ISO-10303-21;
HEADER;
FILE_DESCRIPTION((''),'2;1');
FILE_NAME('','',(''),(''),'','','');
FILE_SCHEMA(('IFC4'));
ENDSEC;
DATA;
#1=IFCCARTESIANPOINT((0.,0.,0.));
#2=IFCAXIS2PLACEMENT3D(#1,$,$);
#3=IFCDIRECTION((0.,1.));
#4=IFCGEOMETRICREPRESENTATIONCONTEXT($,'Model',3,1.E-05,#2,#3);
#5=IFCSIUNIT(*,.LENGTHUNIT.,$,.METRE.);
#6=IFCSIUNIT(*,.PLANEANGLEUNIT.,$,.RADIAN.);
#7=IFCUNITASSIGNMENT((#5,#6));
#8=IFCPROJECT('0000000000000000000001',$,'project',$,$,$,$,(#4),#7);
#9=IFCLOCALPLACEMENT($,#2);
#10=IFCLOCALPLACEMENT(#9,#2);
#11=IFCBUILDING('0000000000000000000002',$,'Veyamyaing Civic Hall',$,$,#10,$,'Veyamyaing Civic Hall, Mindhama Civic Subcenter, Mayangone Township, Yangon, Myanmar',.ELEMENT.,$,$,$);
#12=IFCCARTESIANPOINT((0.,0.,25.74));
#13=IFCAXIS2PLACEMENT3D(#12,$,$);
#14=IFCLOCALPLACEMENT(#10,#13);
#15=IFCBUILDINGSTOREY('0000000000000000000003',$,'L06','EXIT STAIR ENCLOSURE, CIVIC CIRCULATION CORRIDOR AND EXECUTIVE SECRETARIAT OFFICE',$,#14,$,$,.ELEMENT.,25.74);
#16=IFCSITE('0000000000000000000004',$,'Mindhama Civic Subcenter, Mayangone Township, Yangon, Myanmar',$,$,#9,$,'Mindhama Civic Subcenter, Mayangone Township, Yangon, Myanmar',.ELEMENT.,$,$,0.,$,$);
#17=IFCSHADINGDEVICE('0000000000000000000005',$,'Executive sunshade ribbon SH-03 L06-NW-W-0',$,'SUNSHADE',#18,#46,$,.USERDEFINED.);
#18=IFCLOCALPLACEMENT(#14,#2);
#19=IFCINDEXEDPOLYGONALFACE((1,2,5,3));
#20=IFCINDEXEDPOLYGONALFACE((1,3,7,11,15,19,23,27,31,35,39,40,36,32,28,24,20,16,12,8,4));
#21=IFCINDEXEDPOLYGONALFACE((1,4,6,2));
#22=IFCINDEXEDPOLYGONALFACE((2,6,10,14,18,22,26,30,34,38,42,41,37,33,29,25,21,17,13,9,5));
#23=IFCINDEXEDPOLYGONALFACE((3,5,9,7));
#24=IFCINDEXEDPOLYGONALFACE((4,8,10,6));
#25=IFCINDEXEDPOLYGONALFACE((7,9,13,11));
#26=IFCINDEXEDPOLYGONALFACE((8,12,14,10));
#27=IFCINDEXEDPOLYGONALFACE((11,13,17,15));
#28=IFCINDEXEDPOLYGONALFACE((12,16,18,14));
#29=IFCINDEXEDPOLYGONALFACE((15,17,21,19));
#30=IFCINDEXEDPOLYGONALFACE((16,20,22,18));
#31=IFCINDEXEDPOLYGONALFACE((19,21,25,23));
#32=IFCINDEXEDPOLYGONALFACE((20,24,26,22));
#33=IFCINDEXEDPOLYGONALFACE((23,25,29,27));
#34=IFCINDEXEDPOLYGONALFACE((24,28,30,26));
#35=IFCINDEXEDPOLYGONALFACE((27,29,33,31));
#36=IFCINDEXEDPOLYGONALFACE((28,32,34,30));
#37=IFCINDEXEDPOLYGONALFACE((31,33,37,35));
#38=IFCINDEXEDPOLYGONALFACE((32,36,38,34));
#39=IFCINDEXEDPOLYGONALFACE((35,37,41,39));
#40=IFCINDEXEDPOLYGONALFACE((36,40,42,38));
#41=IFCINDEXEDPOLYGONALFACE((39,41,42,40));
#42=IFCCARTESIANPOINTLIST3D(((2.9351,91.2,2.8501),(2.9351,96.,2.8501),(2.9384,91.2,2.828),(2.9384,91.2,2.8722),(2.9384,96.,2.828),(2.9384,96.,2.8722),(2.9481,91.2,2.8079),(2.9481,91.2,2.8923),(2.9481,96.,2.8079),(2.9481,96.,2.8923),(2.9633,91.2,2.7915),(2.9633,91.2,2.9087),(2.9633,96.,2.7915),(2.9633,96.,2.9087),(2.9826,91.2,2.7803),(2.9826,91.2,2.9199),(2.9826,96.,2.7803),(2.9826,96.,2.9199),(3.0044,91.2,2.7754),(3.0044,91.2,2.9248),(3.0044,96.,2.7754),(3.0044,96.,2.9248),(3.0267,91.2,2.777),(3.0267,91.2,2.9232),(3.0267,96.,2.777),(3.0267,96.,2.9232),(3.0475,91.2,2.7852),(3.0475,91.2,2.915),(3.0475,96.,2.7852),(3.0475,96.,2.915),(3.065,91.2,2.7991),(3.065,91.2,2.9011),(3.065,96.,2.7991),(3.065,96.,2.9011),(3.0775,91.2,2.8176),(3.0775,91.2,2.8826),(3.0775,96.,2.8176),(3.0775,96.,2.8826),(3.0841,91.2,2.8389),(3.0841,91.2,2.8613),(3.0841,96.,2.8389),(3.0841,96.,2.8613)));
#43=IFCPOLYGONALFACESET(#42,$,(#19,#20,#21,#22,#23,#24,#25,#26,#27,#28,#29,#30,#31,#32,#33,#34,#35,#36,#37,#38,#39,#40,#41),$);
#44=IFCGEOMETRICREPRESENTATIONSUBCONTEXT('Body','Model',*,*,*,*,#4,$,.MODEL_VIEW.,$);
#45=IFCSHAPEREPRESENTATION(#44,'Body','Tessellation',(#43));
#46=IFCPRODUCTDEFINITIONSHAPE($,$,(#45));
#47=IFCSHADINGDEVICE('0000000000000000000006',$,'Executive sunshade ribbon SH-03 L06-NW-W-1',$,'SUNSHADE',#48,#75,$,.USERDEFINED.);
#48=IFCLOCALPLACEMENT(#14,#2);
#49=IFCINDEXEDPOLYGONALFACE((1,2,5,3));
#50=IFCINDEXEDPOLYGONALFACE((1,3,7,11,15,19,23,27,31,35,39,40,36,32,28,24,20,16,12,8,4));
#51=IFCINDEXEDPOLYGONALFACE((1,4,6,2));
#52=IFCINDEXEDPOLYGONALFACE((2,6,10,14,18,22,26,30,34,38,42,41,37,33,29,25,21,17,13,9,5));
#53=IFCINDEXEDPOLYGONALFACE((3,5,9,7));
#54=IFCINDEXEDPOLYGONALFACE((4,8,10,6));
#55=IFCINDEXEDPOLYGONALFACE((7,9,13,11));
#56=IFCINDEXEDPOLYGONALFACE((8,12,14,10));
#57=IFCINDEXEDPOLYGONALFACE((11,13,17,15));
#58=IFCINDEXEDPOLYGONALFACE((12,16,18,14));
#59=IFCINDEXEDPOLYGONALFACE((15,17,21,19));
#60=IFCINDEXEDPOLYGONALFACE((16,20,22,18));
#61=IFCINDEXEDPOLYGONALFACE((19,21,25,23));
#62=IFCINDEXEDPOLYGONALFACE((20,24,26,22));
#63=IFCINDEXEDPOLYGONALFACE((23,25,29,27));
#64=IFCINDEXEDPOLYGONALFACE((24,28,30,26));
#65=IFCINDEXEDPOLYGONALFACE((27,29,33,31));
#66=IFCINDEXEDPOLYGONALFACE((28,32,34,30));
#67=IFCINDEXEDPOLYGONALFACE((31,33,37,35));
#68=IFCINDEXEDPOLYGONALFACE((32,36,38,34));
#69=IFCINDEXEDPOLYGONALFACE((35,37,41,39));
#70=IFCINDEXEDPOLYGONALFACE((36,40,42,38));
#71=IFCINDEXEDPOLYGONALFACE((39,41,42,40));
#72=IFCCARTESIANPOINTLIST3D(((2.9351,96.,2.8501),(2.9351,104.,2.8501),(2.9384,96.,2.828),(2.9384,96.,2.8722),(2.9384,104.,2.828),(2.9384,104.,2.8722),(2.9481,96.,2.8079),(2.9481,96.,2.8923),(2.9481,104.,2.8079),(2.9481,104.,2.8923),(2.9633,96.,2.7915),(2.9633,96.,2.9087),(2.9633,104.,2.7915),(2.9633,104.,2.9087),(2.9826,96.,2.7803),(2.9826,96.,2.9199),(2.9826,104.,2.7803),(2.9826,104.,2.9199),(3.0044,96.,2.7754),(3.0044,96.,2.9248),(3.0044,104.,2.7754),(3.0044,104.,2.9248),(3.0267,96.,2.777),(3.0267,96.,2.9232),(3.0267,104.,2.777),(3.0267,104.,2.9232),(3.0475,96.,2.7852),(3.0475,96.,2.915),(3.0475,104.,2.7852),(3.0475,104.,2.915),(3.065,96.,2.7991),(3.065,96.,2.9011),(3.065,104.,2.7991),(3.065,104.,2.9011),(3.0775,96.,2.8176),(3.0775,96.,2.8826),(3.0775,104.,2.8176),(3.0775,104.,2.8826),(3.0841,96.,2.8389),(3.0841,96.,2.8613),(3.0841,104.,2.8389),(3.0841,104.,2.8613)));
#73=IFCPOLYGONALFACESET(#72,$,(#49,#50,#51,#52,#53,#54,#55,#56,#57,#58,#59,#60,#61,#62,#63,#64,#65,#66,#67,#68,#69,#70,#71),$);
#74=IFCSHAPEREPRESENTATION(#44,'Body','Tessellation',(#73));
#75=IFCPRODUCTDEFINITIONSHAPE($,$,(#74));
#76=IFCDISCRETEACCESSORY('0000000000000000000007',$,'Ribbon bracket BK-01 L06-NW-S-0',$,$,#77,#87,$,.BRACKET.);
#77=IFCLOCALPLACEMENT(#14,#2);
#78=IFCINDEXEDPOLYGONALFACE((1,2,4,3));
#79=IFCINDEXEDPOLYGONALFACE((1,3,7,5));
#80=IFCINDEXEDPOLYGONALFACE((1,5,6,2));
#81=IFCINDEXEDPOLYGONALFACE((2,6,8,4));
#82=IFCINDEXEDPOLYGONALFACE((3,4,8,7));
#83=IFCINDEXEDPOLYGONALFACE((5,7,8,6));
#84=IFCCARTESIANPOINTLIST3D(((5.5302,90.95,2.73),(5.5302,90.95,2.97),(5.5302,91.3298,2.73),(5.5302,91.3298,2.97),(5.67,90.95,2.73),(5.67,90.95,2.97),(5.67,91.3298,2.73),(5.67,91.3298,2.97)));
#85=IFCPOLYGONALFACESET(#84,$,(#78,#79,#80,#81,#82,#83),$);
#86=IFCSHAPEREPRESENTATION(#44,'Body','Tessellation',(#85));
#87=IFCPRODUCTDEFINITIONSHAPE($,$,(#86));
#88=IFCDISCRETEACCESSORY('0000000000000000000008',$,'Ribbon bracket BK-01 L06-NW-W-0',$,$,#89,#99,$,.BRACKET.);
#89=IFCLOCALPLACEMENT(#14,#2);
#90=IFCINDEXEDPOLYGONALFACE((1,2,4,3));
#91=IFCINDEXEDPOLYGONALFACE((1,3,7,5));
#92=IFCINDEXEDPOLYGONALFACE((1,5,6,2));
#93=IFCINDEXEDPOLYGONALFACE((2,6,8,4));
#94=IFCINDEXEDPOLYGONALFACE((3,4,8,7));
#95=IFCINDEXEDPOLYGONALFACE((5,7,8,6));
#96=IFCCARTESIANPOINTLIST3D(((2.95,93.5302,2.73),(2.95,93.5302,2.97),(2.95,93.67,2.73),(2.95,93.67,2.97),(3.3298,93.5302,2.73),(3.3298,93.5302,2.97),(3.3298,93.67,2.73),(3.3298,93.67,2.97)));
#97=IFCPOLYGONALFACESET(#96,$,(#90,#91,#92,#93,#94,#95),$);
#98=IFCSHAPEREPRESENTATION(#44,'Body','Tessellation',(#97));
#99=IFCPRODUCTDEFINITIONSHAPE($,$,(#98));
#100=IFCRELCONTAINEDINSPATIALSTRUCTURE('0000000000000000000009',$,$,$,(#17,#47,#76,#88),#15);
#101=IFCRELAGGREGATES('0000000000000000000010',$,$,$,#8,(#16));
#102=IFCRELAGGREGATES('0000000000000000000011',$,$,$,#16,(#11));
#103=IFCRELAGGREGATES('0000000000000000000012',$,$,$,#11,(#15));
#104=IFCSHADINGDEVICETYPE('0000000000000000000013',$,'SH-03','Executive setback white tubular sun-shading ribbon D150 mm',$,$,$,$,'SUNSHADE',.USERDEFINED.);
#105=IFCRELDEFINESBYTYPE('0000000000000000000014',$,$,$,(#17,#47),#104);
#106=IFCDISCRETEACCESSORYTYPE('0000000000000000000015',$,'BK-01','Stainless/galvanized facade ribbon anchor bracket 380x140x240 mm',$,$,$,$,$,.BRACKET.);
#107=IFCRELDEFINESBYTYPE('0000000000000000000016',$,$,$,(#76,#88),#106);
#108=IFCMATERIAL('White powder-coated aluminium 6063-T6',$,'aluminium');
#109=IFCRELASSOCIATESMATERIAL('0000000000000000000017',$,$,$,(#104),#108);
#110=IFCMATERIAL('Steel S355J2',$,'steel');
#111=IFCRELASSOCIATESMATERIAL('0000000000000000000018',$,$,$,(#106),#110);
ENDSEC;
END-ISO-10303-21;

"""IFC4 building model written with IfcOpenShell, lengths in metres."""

from ifc_helpers import new_model, si_unit, direction, frame, origin, origin_2d, place, context, subcontext, project, spatial, rectangle, circle, extrude, material, material_profile, profile_set, type_object, element, save


model = new_model("IFC4")

# Units and contexts
model_context = context("Model", 3, precision=1e-05, world=origin(), true_north=direction((0.0, 1.0)))
body_context = subcontext(model_context, "Body", "Model", "MODEL_VIEW")
ifc_project = project(units=[si_unit("LENGTHUNIT", "METRE"), si_unit("PLANEANGLEUNIT", "RADIAN")], contexts=[model_context])

# Site, building, storey
site_placement = place(None, origin())
site = spatial("IfcSite", under=ifc_project, at=site_placement, Name="Mindhama Civic Subcenter, Mayangone Township, Yangon, Myanmar", LongName="Mindhama Civic Subcenter, Mayangone Township, Yangon, Myanmar", CompositionType="ELEMENT", RefElevation=0.0)
building_placement = place(site_placement, origin())
building = spatial("IfcBuilding", under=site, at=building_placement, Name="Veyamyaing Civic Hall", LongName="Veyamyaing Civic Hall, Mindhama Civic Subcenter, Mayangone Township, Yangon, Myanmar", CompositionType="ELEMENT")
storey_placement = place(building_placement, frame((0.0, 0.0, 25.74)))
storey = spatial("IfcBuildingStorey", under=building, at=storey_placement, Name="L06", Description="EXIT STAIR ENCLOSURE, CIVIC CIRCULATION CORRIDOR AND EXECUTIVE SECRETARIAT OFFICE", CompositionType="ELEMENT", Elevation=25.74)

# Shared definitions
ifc_material_1 = material(Name="White powder-coated aluminium 6063-T6", Category="aluminium")

# Shared definitions
ifc_material_2 = material(Name="Steel S355J2", Category="steel")

# Shading devices
ifc_material_profile_1 = material_profile(ifc_material_1, circle(Radius=0.075, at=origin_2d()), Name="SHADE-TUBE-150")
ifc_profile_set_1 = profile_set([ifc_material_profile_1], Name="White powder-coated aluminium 6063-T6")
shading_device_type = type_object("IfcShadingDeviceType", Name="SH-03", Description="Executive setback white tubular sun-shading ribbon D150 mm", ElementType="SUNSHADE", PredefinedType="USERDEFINED", material=ifc_profile_set_1)
shading_device_1_placement = place(storey_placement, frame((3.01, 91.2, 2.8501), z_axis=(0.0, 1.0, 0.0), x_axis=(-1.0, 0.0, 0.0)))
element("IfcShadingDevice", 1, at=shading_device_1_placement, inside=storey, type_object=shading_device_type, Name="Executive sunshade ribbon SH-03 L06-NW-W-0", ObjectType="SUNSHADE", PredefinedType="USERDEFINED", context=body_context, shape_type="SweptSolid", body=[
    extrude(circle(Radius=0.075, at=origin_2d()), origin(), (0.0, 0.0, 1.0), 4.8),
])
shading_device_2_placement = place(storey_placement, frame((3.01, 96.0, 2.8501), z_axis=(0.0, 1.0, 0.0), x_axis=(-1.0, 0.0, 0.0)))
element("IfcShadingDevice", 2, at=shading_device_2_placement, inside=storey, type_object=shading_device_type, Name="Executive sunshade ribbon SH-03 L06-NW-W-1", ObjectType="SUNSHADE", PredefinedType="USERDEFINED", context=body_context, shape_type="SweptSolid", body=[
    extrude(circle(Radius=0.075, at=origin_2d()), origin(), (0.0, 0.0, 1.0), 8.0),
])

# Discrete accessories
discrete_accessory_type = type_object("IfcDiscreteAccessoryType", Name="BK-01", Description="Stainless/galvanized facade ribbon anchor bracket 380x140x240 mm", PredefinedType="BRACKET", material=ifc_material_2)
for number, where, z_axis, x_axis, name in (
    (3, (5.6001, 91.1399, 2.73), (0.0, 0.0, 1.0), (0.0, -1.0, 0.0), "Ribbon bracket BK-01 L06-NW-S-0"),
    (4, (3.1399, 93.6001, 2.73), (0.0, 0.0, 1.0), (-1.0, 0.0, 0.0), "Ribbon bracket BK-01 L06-NW-W-0"),
):
    element("IfcDiscreteAccessory", number, at=place(storey_placement, frame(where, z_axis=z_axis, x_axis=x_axis)), inside=storey, type_object=discrete_accessory_type, Name=name, PredefinedType="BRACKET", context=body_context, shape_type="SweptSolid", body=[
        extrude(rectangle(XDim=0.3799, YDim=0.1399, at=origin_2d()), origin(), (0.0, 0.0, 1.0), 0.24),
    ])

save(model, "model.ifc")
